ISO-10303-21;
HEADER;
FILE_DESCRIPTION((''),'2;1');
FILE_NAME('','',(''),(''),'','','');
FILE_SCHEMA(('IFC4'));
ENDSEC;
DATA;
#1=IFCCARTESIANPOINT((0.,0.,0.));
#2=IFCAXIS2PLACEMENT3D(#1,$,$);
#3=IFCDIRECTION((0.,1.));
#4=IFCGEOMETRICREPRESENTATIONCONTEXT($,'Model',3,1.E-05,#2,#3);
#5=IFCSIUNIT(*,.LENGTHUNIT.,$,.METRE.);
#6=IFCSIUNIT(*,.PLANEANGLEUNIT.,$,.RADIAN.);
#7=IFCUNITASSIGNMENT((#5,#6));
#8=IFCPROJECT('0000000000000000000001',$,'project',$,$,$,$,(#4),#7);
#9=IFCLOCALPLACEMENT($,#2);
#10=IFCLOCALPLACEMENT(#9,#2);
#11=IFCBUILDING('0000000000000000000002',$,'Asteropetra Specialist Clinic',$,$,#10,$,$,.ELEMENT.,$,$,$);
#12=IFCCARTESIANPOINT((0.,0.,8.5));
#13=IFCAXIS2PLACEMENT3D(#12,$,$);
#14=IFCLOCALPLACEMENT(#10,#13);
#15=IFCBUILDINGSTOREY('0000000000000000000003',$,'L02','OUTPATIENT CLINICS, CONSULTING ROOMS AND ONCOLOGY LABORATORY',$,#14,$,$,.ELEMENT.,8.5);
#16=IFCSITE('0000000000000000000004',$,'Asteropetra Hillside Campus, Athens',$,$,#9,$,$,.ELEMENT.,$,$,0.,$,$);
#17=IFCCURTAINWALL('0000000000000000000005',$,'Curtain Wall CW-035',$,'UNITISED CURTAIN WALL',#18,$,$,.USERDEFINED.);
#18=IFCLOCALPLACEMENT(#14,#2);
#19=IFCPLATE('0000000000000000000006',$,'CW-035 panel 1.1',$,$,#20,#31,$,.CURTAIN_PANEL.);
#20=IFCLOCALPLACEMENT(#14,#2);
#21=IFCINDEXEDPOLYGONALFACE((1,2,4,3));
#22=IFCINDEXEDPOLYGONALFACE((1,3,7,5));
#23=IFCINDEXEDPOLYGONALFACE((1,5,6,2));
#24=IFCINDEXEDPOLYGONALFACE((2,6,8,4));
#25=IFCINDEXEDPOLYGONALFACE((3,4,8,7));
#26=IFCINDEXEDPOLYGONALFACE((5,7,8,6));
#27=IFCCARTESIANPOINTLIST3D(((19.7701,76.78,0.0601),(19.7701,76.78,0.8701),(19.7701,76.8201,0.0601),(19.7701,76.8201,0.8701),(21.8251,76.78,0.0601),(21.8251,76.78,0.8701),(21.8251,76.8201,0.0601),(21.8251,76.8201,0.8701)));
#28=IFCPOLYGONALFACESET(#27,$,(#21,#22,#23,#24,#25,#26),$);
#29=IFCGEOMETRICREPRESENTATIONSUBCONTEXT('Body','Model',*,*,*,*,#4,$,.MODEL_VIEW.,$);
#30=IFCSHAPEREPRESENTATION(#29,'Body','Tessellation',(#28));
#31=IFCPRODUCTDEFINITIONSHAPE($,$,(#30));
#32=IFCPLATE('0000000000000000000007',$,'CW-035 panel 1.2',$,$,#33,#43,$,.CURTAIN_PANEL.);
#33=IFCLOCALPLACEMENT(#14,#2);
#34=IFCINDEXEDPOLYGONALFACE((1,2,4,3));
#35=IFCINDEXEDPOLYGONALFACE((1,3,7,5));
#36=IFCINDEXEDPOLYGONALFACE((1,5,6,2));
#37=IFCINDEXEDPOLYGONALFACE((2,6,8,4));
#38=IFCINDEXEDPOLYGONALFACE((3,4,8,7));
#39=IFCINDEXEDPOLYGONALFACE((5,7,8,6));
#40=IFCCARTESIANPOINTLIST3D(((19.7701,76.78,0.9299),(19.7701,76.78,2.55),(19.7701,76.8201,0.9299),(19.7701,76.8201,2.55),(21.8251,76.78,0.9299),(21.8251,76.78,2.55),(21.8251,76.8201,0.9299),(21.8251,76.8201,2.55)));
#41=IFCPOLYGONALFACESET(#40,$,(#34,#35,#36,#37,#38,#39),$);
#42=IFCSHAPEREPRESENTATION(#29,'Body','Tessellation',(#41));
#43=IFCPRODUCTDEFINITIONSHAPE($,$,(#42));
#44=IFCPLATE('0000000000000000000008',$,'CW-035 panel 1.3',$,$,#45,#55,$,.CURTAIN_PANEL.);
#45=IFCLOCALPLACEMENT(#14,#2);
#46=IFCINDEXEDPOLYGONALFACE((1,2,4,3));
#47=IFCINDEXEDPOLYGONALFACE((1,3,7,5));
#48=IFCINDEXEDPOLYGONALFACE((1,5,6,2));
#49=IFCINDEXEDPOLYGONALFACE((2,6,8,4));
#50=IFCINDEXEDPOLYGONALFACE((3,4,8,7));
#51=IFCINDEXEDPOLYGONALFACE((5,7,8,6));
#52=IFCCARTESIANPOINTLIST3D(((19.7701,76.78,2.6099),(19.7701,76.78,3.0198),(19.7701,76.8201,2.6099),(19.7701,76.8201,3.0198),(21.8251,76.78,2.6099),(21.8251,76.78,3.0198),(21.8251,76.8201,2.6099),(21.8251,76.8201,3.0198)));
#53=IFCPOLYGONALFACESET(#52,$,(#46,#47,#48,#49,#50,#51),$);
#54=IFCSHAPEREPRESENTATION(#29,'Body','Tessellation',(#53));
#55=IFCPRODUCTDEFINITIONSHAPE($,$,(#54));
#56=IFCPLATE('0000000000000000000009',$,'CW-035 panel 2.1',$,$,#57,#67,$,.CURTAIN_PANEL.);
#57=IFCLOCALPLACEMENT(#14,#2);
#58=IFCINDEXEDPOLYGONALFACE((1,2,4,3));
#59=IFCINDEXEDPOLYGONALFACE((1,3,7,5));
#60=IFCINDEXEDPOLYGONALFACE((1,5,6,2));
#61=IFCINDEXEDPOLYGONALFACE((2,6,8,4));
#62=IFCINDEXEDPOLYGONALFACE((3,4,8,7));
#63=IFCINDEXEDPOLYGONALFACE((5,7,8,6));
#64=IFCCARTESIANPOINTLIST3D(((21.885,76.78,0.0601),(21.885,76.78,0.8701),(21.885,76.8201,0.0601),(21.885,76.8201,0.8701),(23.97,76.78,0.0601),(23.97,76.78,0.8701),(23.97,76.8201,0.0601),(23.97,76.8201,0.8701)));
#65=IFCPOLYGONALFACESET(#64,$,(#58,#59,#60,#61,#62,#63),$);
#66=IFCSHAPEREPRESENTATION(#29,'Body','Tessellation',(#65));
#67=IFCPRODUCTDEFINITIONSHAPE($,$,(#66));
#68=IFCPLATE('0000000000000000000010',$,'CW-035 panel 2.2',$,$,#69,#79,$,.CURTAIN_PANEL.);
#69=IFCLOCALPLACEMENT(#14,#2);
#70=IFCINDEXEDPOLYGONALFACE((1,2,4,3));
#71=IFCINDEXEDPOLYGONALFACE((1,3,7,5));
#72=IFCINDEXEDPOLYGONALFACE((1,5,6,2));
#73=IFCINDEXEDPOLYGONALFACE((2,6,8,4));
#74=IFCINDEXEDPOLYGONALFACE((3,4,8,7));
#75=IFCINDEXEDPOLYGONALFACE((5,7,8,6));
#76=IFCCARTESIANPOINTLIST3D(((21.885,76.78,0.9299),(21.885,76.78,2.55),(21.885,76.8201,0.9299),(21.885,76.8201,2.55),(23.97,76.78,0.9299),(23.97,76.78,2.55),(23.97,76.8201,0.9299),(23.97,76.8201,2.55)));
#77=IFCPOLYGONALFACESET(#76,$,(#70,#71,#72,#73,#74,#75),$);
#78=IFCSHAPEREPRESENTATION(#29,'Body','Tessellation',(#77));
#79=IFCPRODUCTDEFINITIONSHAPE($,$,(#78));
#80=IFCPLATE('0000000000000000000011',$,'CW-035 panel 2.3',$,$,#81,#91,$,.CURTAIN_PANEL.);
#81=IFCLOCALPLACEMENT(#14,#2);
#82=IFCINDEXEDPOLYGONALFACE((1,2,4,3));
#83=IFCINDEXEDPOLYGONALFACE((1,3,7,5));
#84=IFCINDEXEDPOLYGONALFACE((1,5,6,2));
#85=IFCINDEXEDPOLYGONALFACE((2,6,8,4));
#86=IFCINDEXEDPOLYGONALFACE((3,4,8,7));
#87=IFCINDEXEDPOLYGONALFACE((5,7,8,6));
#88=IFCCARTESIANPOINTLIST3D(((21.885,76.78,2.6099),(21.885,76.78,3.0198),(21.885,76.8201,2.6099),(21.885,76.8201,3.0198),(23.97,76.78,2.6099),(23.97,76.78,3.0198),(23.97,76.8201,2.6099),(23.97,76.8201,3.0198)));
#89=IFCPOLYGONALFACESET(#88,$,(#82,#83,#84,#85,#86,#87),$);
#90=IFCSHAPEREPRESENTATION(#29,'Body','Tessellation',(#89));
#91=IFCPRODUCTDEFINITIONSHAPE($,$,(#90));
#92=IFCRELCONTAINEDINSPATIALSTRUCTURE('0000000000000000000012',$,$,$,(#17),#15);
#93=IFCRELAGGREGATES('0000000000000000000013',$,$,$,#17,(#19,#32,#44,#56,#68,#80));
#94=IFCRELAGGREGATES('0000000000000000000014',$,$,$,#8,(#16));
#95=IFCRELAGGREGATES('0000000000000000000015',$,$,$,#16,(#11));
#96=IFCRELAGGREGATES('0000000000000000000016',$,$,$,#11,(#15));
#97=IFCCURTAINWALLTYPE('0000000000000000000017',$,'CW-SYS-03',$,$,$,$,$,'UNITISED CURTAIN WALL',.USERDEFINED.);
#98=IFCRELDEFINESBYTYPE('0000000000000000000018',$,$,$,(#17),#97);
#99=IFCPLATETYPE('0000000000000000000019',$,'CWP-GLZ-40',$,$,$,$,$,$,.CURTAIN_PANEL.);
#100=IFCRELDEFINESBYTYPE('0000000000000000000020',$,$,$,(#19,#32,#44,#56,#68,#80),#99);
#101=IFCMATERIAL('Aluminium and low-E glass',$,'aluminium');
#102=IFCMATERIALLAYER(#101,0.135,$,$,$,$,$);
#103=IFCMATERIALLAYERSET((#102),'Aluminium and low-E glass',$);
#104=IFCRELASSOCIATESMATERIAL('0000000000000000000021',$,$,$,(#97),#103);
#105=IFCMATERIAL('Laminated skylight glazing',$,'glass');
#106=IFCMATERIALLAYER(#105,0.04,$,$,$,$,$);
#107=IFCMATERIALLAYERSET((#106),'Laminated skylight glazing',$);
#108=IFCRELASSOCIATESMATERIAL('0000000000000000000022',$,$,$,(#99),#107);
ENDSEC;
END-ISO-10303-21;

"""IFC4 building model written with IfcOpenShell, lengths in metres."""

from ifc_helpers import new_model, si_unit, direction, frame, origin, origin_2d, place, context, subcontext, project, spatial, rectangle, extrude, material, layer, layer_set, type_object, element, aggregate, save


model = new_model("IFC4")

# Units and contexts
model_context = context("Model", 3, precision=1e-05, world=origin(), true_north=direction((0.0, 1.0)))
body_context = subcontext(model_context, "Body", "Model", "MODEL_VIEW")
ifc_project = project(units=[si_unit("LENGTHUNIT", "METRE"), si_unit("PLANEANGLEUNIT", "RADIAN")], contexts=[model_context])

# Site, building, storey
site_placement = place(None, origin())
site = spatial("IfcSite", under=ifc_project, at=site_placement, Name="Asteropetra Hillside Campus, Athens", CompositionType="ELEMENT", RefElevation=0.0)
building_placement = place(site_placement, origin())
building = spatial("IfcBuilding", under=site, at=building_placement, Name="Asteropetra Specialist Clinic", CompositionType="ELEMENT")
storey_placement = place(building_placement, frame((0.0, 0.0, 8.5)))
storey = spatial("IfcBuildingStorey", under=building, at=storey_placement, Name="L02", Description="OUTPATIENT CLINICS, CONSULTING ROOMS AND ONCOLOGY LABORATORY", CompositionType="ELEMENT", Elevation=8.5)

# Curtain wall
ifc_material_1 = material(Name="Aluminium and low-E glass", Category="aluminium")
ifc_layer_1 = layer(ifc_material_1, 0.135)
ifc_layer_set_1 = layer_set([ifc_layer_1], Name="Aluminium and low-E glass")
curtain_wall_type_1 = type_object("IfcCurtainWallType", Name="CW-SYS-03", ElementType="UNITISED CURTAIN WALL", PredefinedType="USERDEFINED", material=ifc_layer_set_1)
curtain_wall_1_placement = place(storey_placement, origin())
curtain_wall_1 = element("IfcCurtainWall", 1, at=curtain_wall_1_placement, inside=storey, type_object=curtain_wall_type_1, Name="Curtain Wall CW-035", ObjectType="UNITISED CURTAIN WALL", PredefinedType="USERDEFINED")

# Plates
ifc_material_2 = material(Name="Laminated skylight glazing", Category="glass")
ifc_layer_2 = layer(ifc_material_2, 0.04)
ifc_layer_set_2 = layer_set([ifc_layer_2], Name="Laminated skylight glazing")
plate_type_1 = type_object("IfcPlateType", Name="CWP-GLZ-40", PredefinedType="CURTAIN_PANEL", material=ifc_layer_set_2)
plate_1_placement = place(storey_placement, frame((20.7976, 76.8, 0.0601), z_axis=(0.0, 0.0, 1.0), x_axis=(1.0, 0.0, 0.0)))
plate_1 = element("IfcPlate", 2, at=plate_1_placement, type_object=plate_type_1, Name="CW-035 panel 1.1", PredefinedType="CURTAIN_PANEL", context=body_context, shape_type="SweptSolid", body=[
    extrude(rectangle(XDim=2.0549, YDim=0.04, at=origin_2d()), origin(), (0.0, 0.0, 1.0), 0.8101),
])
plate_2_placement = place(storey_placement, frame((20.7976, 76.8, 0.9299), z_axis=(0.0, 0.0, 1.0), x_axis=(1.0, 0.0, 0.0)))
plate_2 = element("IfcPlate", 3, at=plate_2_placement, type_object=plate_type_1, Name="CW-035 panel 1.2", PredefinedType="CURTAIN_PANEL", context=body_context, shape_type="SweptSolid", body=[
    extrude(rectangle(XDim=2.0549, YDim=0.04, at=origin_2d()), origin(), (0.0, 0.0, 1.0), 1.6201),
])
plate_3_placement = place(storey_placement, frame((20.7976, 76.8, 2.6099), z_axis=(0.0, 0.0, 1.0), x_axis=(1.0, 0.0, 0.0)))
plate_3 = element("IfcPlate", 4, at=plate_3_placement, type_object=plate_type_1, Name="CW-035 panel 1.3", PredefinedType="CURTAIN_PANEL", context=body_context, shape_type="SweptSolid", body=[
    extrude(rectangle(XDim=2.0549, YDim=0.04, at=origin_2d()), origin(), (0.0, 0.0, 1.0), 0.4099),
])
plate_4_placement = place(storey_placement, frame((22.9275, 76.8, 0.0601), z_axis=(0.0, 0.0, 1.0), x_axis=(1.0, 0.0, 0.0)))
plate_4 = element("IfcPlate", 5, at=plate_4_placement, type_object=plate_type_1, Name="CW-035 panel 2.1", PredefinedType="CURTAIN_PANEL", context=body_context, shape_type="SweptSolid", body=[
    extrude(rectangle(XDim=2.085, YDim=0.04, at=origin_2d()), origin(), (0.0, 0.0, 1.0), 0.8101),
])
plate_5_placement = place(storey_placement, frame((22.9275, 76.8, 0.9299), z_axis=(0.0, 0.0, 1.0), x_axis=(1.0, 0.0, 0.0)))
plate_5 = element("IfcPlate", 6, at=plate_5_placement, type_object=plate_type_1, Name="CW-035 panel 2.2", PredefinedType="CURTAIN_PANEL", context=body_context, shape_type="SweptSolid", body=[
    extrude(rectangle(XDim=2.085, YDim=0.04, at=origin_2d()), origin(), (0.0, 0.0, 1.0), 1.6201),
])
plate_6_placement = place(storey_placement, frame((22.9275, 76.8, 2.6099), z_axis=(0.0, 0.0, 1.0), x_axis=(1.0, 0.0, 0.0)))
plate_6 = element("IfcPlate", 7, at=plate_6_placement, type_object=plate_type_1, Name="CW-035 panel 2.3", PredefinedType="CURTAIN_PANEL", context=body_context, shape_type="SweptSolid", body=[
    extrude(rectangle(XDim=2.085, YDim=0.04, at=origin_2d()), origin(), (0.0, 0.0, 1.0), 0.4099),
])
aggregate(curtain_wall_1, [plate_1, plate_2, plate_3, plate_4, plate_5, plate_6])

save(model, "model.ifc")
